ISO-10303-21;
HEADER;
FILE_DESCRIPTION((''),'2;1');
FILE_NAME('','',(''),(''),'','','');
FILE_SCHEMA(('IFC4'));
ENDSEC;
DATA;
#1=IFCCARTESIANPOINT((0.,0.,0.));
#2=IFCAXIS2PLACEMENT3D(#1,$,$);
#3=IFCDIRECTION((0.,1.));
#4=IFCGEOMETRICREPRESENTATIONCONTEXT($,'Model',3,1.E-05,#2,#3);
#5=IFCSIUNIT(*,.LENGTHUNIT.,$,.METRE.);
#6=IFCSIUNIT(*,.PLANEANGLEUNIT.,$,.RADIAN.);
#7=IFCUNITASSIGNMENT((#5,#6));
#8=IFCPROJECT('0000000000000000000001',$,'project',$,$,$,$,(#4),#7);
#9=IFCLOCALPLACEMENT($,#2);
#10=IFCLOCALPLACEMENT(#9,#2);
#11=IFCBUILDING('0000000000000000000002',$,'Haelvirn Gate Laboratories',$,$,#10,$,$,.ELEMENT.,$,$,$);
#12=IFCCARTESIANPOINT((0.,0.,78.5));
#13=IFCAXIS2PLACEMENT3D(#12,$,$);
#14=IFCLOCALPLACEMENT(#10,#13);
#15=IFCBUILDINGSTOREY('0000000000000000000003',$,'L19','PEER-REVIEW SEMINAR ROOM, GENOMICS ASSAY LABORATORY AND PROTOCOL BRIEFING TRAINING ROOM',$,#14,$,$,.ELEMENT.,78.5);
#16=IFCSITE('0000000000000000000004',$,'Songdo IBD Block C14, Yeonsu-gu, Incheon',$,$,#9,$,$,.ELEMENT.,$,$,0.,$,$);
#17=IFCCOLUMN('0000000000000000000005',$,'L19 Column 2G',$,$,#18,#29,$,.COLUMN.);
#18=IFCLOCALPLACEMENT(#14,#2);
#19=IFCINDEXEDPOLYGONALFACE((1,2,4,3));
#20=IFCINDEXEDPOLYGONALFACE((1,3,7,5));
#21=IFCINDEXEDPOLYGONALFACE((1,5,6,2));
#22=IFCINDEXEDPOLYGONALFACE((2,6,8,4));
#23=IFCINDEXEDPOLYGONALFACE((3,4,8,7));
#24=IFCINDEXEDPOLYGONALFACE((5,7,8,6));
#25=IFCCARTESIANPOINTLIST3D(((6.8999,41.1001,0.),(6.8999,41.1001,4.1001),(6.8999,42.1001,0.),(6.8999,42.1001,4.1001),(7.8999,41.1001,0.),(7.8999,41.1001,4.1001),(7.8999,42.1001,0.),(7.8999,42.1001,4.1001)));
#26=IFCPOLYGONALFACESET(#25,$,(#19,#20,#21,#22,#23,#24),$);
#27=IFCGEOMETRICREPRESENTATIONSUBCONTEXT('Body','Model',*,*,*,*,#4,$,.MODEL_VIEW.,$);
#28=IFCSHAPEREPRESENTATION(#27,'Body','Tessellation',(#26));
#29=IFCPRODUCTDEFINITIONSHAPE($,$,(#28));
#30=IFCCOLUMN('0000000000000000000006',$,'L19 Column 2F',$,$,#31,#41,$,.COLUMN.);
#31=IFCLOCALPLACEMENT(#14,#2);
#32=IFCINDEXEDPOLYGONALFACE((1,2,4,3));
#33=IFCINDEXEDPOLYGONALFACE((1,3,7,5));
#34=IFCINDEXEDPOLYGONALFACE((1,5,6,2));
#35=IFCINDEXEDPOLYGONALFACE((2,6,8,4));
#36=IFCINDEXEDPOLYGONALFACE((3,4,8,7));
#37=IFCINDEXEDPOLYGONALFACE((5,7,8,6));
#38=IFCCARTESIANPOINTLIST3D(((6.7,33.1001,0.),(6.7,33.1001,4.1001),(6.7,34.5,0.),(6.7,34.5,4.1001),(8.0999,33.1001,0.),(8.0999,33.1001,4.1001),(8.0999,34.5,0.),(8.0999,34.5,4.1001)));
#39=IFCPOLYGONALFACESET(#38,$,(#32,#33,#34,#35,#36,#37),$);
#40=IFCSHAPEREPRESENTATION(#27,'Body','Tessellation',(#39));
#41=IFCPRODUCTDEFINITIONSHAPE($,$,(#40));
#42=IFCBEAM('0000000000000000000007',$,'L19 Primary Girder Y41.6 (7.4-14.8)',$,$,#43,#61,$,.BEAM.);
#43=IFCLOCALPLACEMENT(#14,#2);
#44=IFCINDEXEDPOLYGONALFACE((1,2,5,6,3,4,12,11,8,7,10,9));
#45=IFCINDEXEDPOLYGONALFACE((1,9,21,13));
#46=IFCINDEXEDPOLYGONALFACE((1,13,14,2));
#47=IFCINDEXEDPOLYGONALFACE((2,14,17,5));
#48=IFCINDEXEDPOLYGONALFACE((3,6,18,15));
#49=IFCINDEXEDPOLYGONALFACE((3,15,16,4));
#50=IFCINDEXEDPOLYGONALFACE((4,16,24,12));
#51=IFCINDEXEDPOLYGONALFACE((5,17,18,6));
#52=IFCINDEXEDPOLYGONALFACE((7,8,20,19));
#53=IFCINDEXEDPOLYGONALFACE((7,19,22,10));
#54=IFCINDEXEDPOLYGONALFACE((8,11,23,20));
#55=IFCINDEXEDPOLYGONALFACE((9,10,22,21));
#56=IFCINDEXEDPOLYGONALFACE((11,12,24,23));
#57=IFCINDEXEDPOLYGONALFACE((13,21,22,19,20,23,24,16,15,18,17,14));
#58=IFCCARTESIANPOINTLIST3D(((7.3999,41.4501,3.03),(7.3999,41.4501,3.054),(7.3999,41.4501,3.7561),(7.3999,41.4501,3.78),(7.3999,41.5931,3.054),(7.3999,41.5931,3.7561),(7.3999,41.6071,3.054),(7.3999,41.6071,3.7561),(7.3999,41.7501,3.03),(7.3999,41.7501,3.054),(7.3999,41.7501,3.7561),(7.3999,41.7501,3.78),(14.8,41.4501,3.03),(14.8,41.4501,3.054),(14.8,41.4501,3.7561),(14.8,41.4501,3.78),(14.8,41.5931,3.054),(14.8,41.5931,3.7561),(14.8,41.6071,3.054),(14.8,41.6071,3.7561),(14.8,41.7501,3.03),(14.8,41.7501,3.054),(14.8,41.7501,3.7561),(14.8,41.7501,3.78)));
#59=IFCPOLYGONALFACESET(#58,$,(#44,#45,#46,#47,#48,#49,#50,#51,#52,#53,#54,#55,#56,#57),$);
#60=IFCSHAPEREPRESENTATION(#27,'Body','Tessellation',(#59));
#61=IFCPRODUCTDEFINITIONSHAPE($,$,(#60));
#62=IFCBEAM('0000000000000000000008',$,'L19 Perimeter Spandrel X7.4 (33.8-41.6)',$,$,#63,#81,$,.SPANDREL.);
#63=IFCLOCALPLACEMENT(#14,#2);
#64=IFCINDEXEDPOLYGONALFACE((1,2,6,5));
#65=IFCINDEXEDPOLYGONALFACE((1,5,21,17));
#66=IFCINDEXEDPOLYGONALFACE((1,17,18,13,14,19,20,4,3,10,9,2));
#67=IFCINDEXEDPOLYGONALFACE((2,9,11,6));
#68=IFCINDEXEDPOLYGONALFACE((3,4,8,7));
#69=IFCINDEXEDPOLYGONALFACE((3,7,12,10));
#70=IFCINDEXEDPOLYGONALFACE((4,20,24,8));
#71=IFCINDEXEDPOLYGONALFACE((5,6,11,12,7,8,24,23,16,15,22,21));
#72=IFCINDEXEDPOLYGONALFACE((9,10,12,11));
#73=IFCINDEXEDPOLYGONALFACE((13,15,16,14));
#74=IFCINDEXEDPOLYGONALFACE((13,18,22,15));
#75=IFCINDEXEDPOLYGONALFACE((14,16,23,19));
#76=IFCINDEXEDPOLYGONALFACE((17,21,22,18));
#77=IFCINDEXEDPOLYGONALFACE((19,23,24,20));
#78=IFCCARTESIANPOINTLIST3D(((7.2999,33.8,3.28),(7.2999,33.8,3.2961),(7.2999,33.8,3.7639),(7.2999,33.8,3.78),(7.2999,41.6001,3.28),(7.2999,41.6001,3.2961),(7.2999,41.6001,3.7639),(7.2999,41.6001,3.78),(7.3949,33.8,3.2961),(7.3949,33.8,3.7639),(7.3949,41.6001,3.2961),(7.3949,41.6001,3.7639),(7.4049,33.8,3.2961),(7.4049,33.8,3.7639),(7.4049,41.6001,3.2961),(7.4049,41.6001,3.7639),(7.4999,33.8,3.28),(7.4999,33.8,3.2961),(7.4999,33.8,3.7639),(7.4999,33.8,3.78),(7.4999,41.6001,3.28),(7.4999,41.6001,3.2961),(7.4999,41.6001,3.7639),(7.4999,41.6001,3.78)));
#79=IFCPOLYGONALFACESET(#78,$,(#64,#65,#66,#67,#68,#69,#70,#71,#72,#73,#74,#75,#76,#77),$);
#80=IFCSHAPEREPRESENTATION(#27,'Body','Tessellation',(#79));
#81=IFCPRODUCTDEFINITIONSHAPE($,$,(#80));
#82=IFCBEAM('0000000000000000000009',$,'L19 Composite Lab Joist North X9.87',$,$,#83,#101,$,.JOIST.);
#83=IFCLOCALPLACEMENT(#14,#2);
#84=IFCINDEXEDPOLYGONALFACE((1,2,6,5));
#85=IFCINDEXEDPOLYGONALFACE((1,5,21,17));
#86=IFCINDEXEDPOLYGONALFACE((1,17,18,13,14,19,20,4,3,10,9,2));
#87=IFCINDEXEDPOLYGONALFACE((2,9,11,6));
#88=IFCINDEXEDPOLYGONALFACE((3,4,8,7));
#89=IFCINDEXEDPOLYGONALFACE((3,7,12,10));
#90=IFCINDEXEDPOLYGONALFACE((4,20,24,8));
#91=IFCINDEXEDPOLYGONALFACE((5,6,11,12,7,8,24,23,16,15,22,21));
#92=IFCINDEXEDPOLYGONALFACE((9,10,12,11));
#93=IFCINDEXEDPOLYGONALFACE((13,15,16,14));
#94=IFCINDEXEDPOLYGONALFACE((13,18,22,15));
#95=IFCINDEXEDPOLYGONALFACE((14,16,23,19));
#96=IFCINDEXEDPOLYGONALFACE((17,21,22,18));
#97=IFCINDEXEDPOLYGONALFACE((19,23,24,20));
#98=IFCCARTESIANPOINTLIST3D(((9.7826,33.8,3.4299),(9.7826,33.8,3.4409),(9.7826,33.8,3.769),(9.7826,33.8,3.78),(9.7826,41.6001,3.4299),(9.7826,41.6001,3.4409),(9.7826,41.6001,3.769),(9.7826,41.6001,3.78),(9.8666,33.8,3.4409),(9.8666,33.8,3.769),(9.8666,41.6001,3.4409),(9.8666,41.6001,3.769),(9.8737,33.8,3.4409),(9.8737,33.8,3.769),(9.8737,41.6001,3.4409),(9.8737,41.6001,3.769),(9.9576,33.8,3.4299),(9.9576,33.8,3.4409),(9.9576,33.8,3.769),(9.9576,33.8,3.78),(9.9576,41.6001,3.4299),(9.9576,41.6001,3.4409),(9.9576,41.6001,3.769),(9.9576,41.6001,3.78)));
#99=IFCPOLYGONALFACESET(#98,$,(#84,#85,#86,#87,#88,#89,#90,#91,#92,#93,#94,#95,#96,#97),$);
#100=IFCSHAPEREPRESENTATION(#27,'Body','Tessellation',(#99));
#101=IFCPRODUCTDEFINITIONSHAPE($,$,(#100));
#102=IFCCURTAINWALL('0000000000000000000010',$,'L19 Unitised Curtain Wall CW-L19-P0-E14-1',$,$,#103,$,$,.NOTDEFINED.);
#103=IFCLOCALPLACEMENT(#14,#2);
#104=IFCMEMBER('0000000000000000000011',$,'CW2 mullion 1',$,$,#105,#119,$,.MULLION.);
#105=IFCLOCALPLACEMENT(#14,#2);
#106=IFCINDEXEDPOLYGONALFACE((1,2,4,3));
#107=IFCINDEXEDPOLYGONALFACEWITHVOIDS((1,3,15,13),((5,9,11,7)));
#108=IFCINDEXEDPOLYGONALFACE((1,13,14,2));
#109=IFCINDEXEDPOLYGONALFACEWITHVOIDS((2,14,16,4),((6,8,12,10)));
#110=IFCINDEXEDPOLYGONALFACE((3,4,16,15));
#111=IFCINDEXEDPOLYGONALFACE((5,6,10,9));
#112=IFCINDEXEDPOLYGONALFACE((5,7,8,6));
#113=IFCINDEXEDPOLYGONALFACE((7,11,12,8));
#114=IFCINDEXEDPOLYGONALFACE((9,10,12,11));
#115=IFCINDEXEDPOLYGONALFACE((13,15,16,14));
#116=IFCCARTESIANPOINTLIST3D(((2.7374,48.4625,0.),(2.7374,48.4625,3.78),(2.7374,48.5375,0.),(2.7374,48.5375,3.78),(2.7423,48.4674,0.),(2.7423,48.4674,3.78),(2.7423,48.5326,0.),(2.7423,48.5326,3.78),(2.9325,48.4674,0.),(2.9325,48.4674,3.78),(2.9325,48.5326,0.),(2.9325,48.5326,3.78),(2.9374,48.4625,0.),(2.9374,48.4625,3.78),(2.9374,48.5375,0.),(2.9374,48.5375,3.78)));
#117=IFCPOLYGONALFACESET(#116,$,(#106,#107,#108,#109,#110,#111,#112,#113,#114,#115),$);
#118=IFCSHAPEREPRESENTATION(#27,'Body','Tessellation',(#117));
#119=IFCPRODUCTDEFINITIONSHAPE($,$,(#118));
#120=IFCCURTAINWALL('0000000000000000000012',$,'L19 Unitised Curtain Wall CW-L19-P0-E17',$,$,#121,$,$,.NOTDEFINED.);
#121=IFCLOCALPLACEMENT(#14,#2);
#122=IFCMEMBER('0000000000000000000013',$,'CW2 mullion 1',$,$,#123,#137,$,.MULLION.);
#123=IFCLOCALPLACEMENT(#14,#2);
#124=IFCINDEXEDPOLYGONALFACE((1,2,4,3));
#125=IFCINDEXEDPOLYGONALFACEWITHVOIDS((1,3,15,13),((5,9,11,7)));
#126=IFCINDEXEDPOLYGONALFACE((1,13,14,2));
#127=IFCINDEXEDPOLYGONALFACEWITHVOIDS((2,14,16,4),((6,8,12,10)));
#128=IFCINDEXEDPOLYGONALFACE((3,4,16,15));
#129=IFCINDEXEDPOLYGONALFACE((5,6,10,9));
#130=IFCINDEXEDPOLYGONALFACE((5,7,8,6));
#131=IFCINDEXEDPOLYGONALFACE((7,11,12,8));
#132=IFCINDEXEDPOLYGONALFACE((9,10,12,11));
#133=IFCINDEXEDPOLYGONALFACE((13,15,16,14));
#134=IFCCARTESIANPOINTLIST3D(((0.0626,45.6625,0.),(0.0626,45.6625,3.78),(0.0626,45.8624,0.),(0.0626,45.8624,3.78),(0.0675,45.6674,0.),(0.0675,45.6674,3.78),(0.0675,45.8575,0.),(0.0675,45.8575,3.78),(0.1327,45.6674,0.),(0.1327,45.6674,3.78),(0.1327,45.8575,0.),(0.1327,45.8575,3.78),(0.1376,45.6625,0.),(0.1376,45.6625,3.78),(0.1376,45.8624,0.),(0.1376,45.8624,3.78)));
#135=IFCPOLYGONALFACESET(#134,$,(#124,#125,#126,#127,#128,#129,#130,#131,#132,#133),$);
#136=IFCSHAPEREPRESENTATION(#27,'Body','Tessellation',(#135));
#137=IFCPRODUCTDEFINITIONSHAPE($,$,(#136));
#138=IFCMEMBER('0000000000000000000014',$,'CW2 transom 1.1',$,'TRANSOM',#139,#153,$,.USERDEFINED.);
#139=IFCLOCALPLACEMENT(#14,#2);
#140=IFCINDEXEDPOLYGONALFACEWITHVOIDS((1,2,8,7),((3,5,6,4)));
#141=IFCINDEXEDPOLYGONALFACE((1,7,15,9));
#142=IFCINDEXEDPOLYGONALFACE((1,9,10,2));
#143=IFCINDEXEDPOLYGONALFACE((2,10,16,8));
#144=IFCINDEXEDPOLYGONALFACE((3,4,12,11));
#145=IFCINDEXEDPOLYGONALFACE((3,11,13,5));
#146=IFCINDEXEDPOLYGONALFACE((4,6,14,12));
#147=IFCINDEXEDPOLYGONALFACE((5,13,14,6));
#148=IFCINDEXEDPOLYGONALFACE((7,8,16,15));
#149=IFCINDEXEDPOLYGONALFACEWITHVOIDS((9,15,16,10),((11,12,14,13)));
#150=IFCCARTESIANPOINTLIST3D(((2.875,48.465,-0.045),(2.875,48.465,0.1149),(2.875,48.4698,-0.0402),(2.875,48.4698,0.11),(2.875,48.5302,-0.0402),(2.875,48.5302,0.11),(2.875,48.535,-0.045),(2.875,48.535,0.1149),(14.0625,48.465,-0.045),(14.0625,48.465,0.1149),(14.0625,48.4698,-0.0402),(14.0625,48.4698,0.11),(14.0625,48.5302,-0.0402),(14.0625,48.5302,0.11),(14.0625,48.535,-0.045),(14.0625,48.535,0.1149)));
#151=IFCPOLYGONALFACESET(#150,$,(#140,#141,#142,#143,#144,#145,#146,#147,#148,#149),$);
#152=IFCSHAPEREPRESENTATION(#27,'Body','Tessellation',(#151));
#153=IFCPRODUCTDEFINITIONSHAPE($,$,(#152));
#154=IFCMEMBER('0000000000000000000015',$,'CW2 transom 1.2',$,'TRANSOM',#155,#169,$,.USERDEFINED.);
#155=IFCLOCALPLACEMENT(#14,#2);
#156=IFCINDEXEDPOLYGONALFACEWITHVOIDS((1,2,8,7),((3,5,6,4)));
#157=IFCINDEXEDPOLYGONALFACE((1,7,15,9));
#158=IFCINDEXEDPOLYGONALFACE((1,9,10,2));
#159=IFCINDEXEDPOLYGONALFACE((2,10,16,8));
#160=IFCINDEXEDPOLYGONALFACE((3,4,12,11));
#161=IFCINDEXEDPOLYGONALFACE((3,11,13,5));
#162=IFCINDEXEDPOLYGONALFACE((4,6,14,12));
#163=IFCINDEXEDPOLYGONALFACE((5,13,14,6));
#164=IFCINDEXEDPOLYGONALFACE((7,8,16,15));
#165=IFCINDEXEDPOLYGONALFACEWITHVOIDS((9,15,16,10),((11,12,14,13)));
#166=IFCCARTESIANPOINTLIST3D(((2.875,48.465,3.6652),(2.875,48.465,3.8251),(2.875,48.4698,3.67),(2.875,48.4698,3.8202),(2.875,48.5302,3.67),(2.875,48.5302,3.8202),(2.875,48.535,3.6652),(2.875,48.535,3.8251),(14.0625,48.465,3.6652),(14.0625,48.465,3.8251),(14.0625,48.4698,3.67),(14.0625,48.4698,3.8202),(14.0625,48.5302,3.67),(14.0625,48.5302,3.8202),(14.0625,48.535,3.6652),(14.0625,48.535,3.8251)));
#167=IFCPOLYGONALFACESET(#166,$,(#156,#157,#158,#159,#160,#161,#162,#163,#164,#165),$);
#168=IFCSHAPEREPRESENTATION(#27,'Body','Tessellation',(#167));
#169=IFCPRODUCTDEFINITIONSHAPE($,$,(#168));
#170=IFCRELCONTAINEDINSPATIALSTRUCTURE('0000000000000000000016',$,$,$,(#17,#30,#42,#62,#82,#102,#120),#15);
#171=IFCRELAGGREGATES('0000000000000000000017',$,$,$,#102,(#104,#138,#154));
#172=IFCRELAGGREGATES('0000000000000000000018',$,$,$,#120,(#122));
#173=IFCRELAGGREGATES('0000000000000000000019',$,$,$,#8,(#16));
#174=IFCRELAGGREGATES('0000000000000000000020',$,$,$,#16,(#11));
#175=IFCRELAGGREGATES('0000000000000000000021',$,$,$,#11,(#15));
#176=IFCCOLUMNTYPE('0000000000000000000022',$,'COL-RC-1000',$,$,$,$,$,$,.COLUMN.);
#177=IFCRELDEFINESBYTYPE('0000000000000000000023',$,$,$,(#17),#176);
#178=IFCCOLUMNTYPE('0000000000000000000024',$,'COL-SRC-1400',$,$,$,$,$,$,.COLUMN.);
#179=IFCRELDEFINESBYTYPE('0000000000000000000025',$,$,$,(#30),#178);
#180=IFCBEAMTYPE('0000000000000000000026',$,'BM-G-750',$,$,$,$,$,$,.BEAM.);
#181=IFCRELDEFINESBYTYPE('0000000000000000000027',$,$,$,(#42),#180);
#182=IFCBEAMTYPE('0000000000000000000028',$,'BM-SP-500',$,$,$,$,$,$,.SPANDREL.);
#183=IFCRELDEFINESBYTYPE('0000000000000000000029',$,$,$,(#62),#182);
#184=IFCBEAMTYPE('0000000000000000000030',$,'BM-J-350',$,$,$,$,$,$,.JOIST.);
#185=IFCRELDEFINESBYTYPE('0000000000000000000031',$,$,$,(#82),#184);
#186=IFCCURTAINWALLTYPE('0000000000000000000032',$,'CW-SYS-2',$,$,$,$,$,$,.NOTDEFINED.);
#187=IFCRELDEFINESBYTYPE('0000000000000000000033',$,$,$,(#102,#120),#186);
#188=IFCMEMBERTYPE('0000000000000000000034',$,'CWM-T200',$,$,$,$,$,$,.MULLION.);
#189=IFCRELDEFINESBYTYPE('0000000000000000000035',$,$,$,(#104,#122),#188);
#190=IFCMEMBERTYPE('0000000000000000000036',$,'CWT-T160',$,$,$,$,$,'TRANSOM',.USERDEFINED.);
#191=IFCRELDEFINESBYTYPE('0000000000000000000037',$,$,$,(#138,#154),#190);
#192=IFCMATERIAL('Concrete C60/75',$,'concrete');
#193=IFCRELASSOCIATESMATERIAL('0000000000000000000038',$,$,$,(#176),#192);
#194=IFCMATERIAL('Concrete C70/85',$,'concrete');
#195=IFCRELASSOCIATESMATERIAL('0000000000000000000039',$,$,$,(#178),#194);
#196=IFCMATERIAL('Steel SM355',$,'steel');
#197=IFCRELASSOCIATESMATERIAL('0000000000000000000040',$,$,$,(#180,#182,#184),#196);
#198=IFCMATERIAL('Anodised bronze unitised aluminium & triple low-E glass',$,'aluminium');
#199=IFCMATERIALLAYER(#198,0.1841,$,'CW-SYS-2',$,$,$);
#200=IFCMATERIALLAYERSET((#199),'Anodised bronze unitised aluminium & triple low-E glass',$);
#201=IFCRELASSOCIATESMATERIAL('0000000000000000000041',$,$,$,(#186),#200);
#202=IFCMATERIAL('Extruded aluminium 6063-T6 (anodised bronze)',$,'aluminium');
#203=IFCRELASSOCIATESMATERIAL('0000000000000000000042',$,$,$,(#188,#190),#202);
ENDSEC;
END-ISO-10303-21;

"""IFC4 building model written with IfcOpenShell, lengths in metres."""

from ifc_helpers import new_model, si_unit, direction, frame, origin, origin_2d, place, context, subcontext, project, spatial, rectangle, hollow_rectangle, i_section, extrude, source, transform, mapped, material, layer, layer_set, material_profile, profile_set, type_object, type_shapes, element, aggregate, save


model = new_model("IFC4")

# Units and contexts
model_context = context("Model", 3, precision=1e-05, world=origin(), true_north=direction((0.0, 1.0)))
body_context = subcontext(model_context, "Body", "Model", "MODEL_VIEW")
ifc_project = project(units=[si_unit("LENGTHUNIT", "METRE"), si_unit("PLANEANGLEUNIT", "RADIAN")], contexts=[model_context])

# Site, building, storey
site_placement = place(None, origin())
site = spatial("IfcSite", under=ifc_project, at=site_placement, Name="Songdo IBD Block C14, Yeonsu-gu, Incheon", CompositionType="ELEMENT", RefElevation=0.0)
building_placement = place(site_placement, origin())
building = spatial("IfcBuilding", under=site, at=building_placement, Name="Haelvirn Gate Laboratories", CompositionType="ELEMENT")
storey_placement = place(building_placement, frame((0.0, 0.0, 78.5)))
storey = spatial("IfcBuildingStorey", under=building, at=storey_placement, Name="L19", Description="PEER-REVIEW SEMINAR ROOM, GENOMICS ASSAY LABORATORY AND PROTOCOL BRIEFING TRAINING ROOM", CompositionType="ELEMENT", Elevation=78.5)

# Columns
ifc_material_1 = material(Name="Concrete C60/75", Category="concrete")
ifc_material_profile_1 = material_profile(ifc_material_1, rectangle(XDim=1.0, YDim=1.0, at=origin_2d()), Name="RC-1000x1000")
ifc_profile_set_1 = profile_set([ifc_material_profile_1], Name="Concrete C60/75")
column_type_1 = type_object("IfcColumnType", Name="COL-RC-1000", PredefinedType="COLUMN", material=ifc_profile_set_1)
shared_shape_1 = source(origin(), body_context, "Body", "SweptSolid", [
    extrude(rectangle(XDim=1.0, YDim=1.0, at=origin_2d()), origin(), (0.0, 0.0, 1.0), 4.1001),
])
type_shapes(column_type_1, [shared_shape_1])
column_1_placement = place(storey_placement, frame((7.3999, 41.6001, 0.0), z_axis=(0.0, 0.0, 1.0), x_axis=(1.0, 0.0, 0.0)))
element("IfcColumn", 1, at=column_1_placement, inside=storey, type_object=column_type_1, Name="L19 Column 2G", PredefinedType="COLUMN", context=body_context, shape_type="MappedRepresentation", body=[
    mapped(shared_shape_1, transform((0.0, 0.0, 0.0), scale=1.0)),
])
ifc_material_2 = material(Name="Concrete C70/85", Category="concrete")
ifc_material_profile_2 = material_profile(ifc_material_2, rectangle(XDim=1.3999, YDim=1.3999, at=origin_2d()), Name="SRC-1400x1400")
ifc_profile_set_2 = profile_set([ifc_material_profile_2], Name="Concrete C70/85")
column_type_2 = type_object("IfcColumnType", Name="COL-SRC-1400", PredefinedType="COLUMN", material=ifc_profile_set_2)
shared_shape_2 = source(origin(), body_context, "Body", "SweptSolid", [
    extrude(rectangle(XDim=1.3999, YDim=1.3999, at=origin_2d()), origin(), (0.0, 0.0, 1.0), 4.1001),
])
type_shapes(column_type_2, [shared_shape_2])
column_2_placement = place(storey_placement, frame((7.3999, 33.8, 0.0), z_axis=(0.0, 0.0, 1.0), x_axis=(1.0, 0.0, 0.0)))
element("IfcColumn", 2, at=column_2_placement, inside=storey, type_object=column_type_2, Name="L19 Column 2F", PredefinedType="COLUMN", context=body_context, shape_type="MappedRepresentation", body=[
    mapped(shared_shape_2, transform((0.0, 0.0, 0.0), scale=1.0)),
])

# Beams
ifc_material_3 = material(Name="Steel SM355", Category="steel")
ifc_material_profile_3 = material_profile(ifc_material_3, i_section(OverallWidth=0.3, OverallDepth=0.75, WebThickness=0.0139, FlangeThickness=0.0239, at=origin_2d()), Name="H-750x300x14x24")
ifc_profile_set_3 = profile_set([ifc_material_profile_3], Name="Steel SM355")
beam_type_1 = type_object("IfcBeamType", Name="BM-G-750", PredefinedType="BEAM", material=ifc_profile_set_3)
shared_shape_3 = source(origin(), body_context, "Body", "SweptSolid", [
    extrude(i_section(OverallWidth=0.3, OverallDepth=0.75, WebThickness=0.0139, FlangeThickness=0.0239, at=origin_2d()), origin(), (0.0, 0.0, 1.0), 7.4001),
])
type_shapes(beam_type_1, [shared_shape_3])
beam_1_placement = place(storey_placement, frame((7.3999, 41.6001, 3.405), z_axis=(1.0, 0.0, 0.0), x_axis=(0.0, 1.0, 0.0)))
element("IfcBeam", 3, at=beam_1_placement, inside=storey, type_object=beam_type_1, Name="L19 Primary Girder Y41.6 (7.4-14.8)", PredefinedType="BEAM", context=body_context, shape_type="MappedRepresentation", body=[
    mapped(shared_shape_3, transform((0.0, 0.0, 0.0), scale=1.0)),
])
ifc_material_profile_4 = material_profile(ifc_material_3, i_section(OverallWidth=0.2, OverallDepth=0.5, WebThickness=0.01, FlangeThickness=0.0161, at=origin_2d()), Name="H-500x200x10x16")
ifc_profile_set_4 = profile_set([ifc_material_profile_4], Name="Steel SM355")
beam_type_2 = type_object("IfcBeamType", Name="BM-SP-500", PredefinedType="SPANDREL", material=ifc_profile_set_4)
shared_shape_4 = source(origin(), body_context, "Body", "SweptSolid", [
    extrude(i_section(OverallWidth=0.2, OverallDepth=0.5, WebThickness=0.01, FlangeThickness=0.0161, at=origin_2d()), origin(), (0.0, 0.0, 1.0), 7.8),
])
type_shapes(beam_type_2, [shared_shape_4])
beam_2_placement = place(storey_placement, frame((7.3999, 33.8, 3.53), z_axis=(0.0, 1.0, 0.0), x_axis=(-1.0, 0.0, 0.0)))
element("IfcBeam", 4, at=beam_2_placement, inside=storey, type_object=beam_type_2, Name="L19 Perimeter Spandrel X7.4 (33.8-41.6)", PredefinedType="SPANDREL", context=body_context, shape_type="MappedRepresentation", body=[
    mapped(shared_shape_4, transform((0.0, 0.0, 0.0), scale=1.0)),
])
ifc_material_profile_5 = material_profile(ifc_material_3, i_section(OverallWidth=0.175, OverallDepth=0.3501, WebThickness=0.0071, FlangeThickness=0.011, at=origin_2d()), Name="H-350x175x7x11")
ifc_profile_set_5 = profile_set([ifc_material_profile_5], Name="Steel SM355")
beam_type_3 = type_object("IfcBeamType", Name="BM-J-350", PredefinedType="JOIST", material=ifc_profile_set_5)
shared_shape_5 = source(origin(), body_context, "Body", "SweptSolid", [
    extrude(i_section(OverallWidth=0.175, OverallDepth=0.3501, WebThickness=0.0071, FlangeThickness=0.011, at=origin_2d()), origin(), (0.0, 0.0, 1.0), 7.8),
])
type_shapes(beam_type_3, [shared_shape_5])
beam_3_placement = place(storey_placement, frame((9.8701, 33.8, 3.605), z_axis=(0.0, 1.0, 0.0), x_axis=(-1.0, 0.0, 0.0)))
element("IfcBeam", 5, at=beam_3_placement, inside=storey, type_object=beam_type_3, Name="L19 Composite Lab Joist North X9.87", PredefinedType="JOIST", context=body_context, shape_type="MappedRepresentation", body=[
    mapped(shared_shape_5, transform((0.0, 0.0, 0.0), scale=1.0)),
])

# Curtain walls, members
ifc_material_4 = material(Name="Anodised bronze unitised aluminium & triple low-E glass", Category="aluminium")
ifc_layer_1 = layer(ifc_material_4, 0.1841, Name="CW-SYS-2")
ifc_layer_set_1 = layer_set([ifc_layer_1], Name="Anodised bronze unitised aluminium & triple low-E glass")
curtain_wall_type_1 = type_object("IfcCurtainWallType", Name="CW-SYS-2", PredefinedType="NOTDEFINED", material=ifc_layer_set_1)
curtain_wall_1_placement = place(storey_placement, origin())
curtain_wall_1 = element("IfcCurtainWall", 6, at=curtain_wall_1_placement, inside=storey, type_object=curtain_wall_type_1, Name="L19 Unitised Curtain Wall CW-L19-P0-E14-1", PredefinedType="NOTDEFINED")
ifc_material_5 = material(Name="Extruded aluminium 6063-T6 (anodised bronze)", Category="aluminium")
ifc_material_profile_6 = material_profile(ifc_material_5, hollow_rectangle(XDim=0.075, YDim=0.2, WallThickness=0.0049, at=origin_2d()), Name="CWM-200x75x5")
ifc_profile_set_6 = profile_set([ifc_material_profile_6], Name="Extruded aluminium 6063-T6 (anodised bronze)")
member_type_1 = type_object("IfcMemberType", Name="CWM-T200", PredefinedType="MULLION", material=ifc_profile_set_6)
shared_shape_6 = source(origin(), body_context, "Body", "SweptSolid", [
    extrude(hollow_rectangle(XDim=0.075, YDim=0.2, WallThickness=0.0049, at=origin_2d()), origin(), (0.0, 0.0, 1.0), 3.78),
])
type_shapes(member_type_1, [shared_shape_6])
member_1_placement = place(storey_placement, frame((2.8374, 48.5, 0.0), z_axis=(0.0, 0.0, 1.0), x_axis=(0.0, 1.0, 0.0)))
member_1 = element("IfcMember", 7, at=member_1_placement, type_object=member_type_1, Name="CW2 mullion 1", PredefinedType="MULLION", context=body_context, shape_type="MappedRepresentation", body=[
    mapped(shared_shape_6, transform((0.0, 0.0, 0.0), scale=1.0)),
])
curtain_wall_2_placement = place(storey_placement, origin())
curtain_wall_2 = element("IfcCurtainWall", 8, at=curtain_wall_2_placement, inside=storey, type_object=curtain_wall_type_1, Name="L19 Unitised Curtain Wall CW-L19-P0-E17", PredefinedType="NOTDEFINED")
member_2_placement = place(storey_placement, frame((0.1001, 45.7625, 0.0), z_axis=(0.0, 0.0, 1.0), x_axis=(1.0, 0.0, 0.0)))
member_2 = element("IfcMember", 9, at=member_2_placement, type_object=member_type_1, Name="CW2 mullion 1", PredefinedType="MULLION", context=body_context, shape_type="MappedRepresentation", body=[
    mapped(shared_shape_6, transform((0.0, 0.0, 0.0), scale=1.0)),
])

# Members
ifc_material_profile_7 = material_profile(ifc_material_5, hollow_rectangle(XDim=0.0701, YDim=0.1599, WallThickness=0.0049, at=origin_2d()), Name="CWT-160x70x5")
ifc_profile_set_7 = profile_set([ifc_material_profile_7], Name="Extruded aluminium 6063-T6 (anodised bronze)")
member_type_2 = type_object("IfcMemberType", Name="CWT-T160", ElementType="TRANSOM", PredefinedType="USERDEFINED", material=ifc_profile_set_7)
shared_shape_7 = source(origin(), body_context, "Body", "SweptSolid", [
    extrude(hollow_rectangle(XDim=0.0701, YDim=0.1599, WallThickness=0.0049, at=origin_2d()), origin(), (0.0, 0.0, 1.0), 11.1875),
])
member_3_placement = place(storey_placement, frame((2.875, 48.5, 0.0349), z_axis=(1.0, 0.0, 0.0), x_axis=(0.0, 1.0, 0.0)))
member_3 = element("IfcMember", 10, at=member_3_placement, type_object=member_type_2, Name="CW2 transom 1.1", ObjectType="TRANSOM", PredefinedType="USERDEFINED", context=body_context, shape_type="MappedRepresentation", body=[
    mapped(shared_shape_7, transform((0.0, 0.0, 0.0), scale=1.0)),
])
member_4_placement = place(storey_placement, frame((2.875, 48.5, 3.7451), z_axis=(1.0, 0.0, 0.0), x_axis=(0.0, 1.0, 0.0)))
member_4 = element("IfcMember", 11, at=member_4_placement, type_object=member_type_2, Name="CW2 transom 1.2", ObjectType="TRANSOM", PredefinedType="USERDEFINED", context=body_context, shape_type="MappedRepresentation", body=[
    mapped(shared_shape_7, transform((0.0, 0.0, 0.0), scale=1.0)),
])

aggregate(curtain_wall_1, [member_1, member_3, member_4])
aggregate(curtain_wall_2, [member_2])

save(model, "model.ifc")
